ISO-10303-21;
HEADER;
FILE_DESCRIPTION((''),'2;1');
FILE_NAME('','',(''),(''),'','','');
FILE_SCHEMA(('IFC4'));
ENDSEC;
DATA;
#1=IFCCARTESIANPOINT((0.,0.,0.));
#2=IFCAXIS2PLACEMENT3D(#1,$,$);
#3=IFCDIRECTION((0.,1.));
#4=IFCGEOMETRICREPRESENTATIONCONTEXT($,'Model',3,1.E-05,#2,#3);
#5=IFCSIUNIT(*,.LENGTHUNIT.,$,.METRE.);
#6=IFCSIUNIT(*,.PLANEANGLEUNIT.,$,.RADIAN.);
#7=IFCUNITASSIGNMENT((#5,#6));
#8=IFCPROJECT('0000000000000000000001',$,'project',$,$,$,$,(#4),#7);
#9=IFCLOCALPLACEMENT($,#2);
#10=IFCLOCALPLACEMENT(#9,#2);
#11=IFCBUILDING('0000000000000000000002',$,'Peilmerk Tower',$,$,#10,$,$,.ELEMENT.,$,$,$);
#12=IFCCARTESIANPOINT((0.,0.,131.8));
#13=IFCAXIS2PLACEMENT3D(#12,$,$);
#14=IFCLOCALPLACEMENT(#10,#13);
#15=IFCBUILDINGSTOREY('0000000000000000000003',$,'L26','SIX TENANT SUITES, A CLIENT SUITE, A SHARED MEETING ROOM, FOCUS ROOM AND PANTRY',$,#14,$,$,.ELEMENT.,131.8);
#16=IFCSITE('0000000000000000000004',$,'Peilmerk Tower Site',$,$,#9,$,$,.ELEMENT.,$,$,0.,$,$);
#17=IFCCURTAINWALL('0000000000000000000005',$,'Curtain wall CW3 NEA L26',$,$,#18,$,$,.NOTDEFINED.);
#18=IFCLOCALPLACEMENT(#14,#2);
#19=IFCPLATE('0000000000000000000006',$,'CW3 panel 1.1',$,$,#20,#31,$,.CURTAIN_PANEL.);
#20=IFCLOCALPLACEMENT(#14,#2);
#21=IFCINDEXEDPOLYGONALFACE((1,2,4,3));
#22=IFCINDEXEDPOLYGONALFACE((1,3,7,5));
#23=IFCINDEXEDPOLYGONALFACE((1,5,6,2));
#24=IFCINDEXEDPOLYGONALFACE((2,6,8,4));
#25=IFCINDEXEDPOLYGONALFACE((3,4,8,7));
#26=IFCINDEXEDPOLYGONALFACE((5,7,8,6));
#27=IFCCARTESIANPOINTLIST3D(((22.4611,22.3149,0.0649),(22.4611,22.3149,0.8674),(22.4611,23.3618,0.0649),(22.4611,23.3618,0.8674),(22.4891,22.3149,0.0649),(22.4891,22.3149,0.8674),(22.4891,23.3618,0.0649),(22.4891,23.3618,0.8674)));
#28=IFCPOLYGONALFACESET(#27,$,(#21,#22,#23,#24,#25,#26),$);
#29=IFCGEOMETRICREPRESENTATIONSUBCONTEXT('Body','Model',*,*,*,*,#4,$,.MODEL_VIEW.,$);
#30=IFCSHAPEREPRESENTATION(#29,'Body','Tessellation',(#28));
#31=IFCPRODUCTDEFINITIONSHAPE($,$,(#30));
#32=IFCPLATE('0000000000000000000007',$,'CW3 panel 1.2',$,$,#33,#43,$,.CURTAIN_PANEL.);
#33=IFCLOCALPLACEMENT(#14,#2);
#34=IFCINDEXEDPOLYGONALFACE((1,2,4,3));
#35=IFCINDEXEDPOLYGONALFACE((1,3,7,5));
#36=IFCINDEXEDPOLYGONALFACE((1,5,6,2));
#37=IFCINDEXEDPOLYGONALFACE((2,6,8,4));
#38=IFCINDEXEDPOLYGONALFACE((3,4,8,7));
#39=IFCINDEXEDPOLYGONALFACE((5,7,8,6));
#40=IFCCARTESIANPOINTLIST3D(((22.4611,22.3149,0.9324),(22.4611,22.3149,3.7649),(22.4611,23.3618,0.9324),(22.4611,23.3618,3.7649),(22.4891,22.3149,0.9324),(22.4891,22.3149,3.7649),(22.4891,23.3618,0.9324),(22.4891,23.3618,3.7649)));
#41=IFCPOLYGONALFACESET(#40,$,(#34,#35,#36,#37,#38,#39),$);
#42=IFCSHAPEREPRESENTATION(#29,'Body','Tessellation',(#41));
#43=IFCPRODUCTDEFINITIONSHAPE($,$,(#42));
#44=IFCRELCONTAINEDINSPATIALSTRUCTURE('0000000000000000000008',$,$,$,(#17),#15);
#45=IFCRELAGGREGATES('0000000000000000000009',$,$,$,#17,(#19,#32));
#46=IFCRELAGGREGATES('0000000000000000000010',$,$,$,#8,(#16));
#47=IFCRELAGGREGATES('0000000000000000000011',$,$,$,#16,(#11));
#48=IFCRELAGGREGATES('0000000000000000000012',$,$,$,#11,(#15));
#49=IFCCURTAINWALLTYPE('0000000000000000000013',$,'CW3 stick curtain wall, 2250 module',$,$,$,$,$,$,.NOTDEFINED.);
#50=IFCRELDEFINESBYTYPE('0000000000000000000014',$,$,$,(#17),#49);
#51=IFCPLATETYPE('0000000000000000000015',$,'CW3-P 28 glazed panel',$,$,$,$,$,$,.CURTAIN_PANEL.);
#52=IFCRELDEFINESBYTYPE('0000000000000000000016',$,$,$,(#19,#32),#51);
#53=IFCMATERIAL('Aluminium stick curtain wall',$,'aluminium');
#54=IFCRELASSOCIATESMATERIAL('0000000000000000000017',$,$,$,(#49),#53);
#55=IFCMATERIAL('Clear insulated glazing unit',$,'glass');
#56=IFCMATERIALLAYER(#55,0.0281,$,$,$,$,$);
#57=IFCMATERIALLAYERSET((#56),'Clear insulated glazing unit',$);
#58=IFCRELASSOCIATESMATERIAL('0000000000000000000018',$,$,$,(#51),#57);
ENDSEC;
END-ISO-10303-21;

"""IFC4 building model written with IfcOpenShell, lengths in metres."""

from ifc_helpers import new_model, si_unit, direction, frame, origin, origin_2d, place, context, subcontext, project, spatial, rectangle, extrude, material, layer, layer_set, type_object, element, aggregate, save


model = new_model("IFC4")

# Units and contexts
model_context = context("Model", 3, precision=1e-05, world=origin(), true_north=direction((0.0, 1.0)))
body_context = subcontext(model_context, "Body", "Model", "MODEL_VIEW")
ifc_project = project(units=[si_unit("LENGTHUNIT", "METRE"), si_unit("PLANEANGLEUNIT", "RADIAN")], contexts=[model_context])

# Site, building, storey
site_placement = place(None, origin())
site = spatial("IfcSite", under=ifc_project, at=site_placement, Name="Peilmerk Tower Site", CompositionType="ELEMENT", RefElevation=0.0)
building_placement = place(site_placement, origin())
building = spatial("IfcBuilding", under=site, at=building_placement, Name="Peilmerk Tower", CompositionType="ELEMENT")
storey_placement = place(building_placement, frame((0.0, 0.0, 131.8)))
storey = spatial("IfcBuildingStorey", under=building, at=storey_placement, Name="L26", Description="SIX TENANT SUITES, A CLIENT SUITE, A SHARED MEETING ROOM, FOCUS ROOM AND PANTRY", CompositionType="ELEMENT", Elevation=131.8)

# Curtain wall, plates
ifc_material_1 = material(Name="Aluminium stick curtain wall", Category="aluminium")
curtain_wall_type = type_object("IfcCurtainWallType", Name="CW3 stick curtain wall, 2250 module", PredefinedType="NOTDEFINED", material=ifc_material_1)
curtain_wall_placement = place(storey_placement, origin())
curtain_wall = element("IfcCurtainWall", 1, at=curtain_wall_placement, inside=storey, type_object=curtain_wall_type, Name="Curtain wall CW3 NEA L26", PredefinedType="NOTDEFINED")
ifc_material_2 = material(Name="Clear insulated glazing unit", Category="glass")
ifc_layer = layer(ifc_material_2, 0.0281)
ifc_layer_set = layer_set([ifc_layer], Name="Clear insulated glazing unit")
plate_type = type_object("IfcPlateType", Name="CW3-P 28 glazed panel", PredefinedType="CURTAIN_PANEL", material=ifc_layer_set)
plate_1_placement = place(storey_placement, frame((22.4751, 22.8384, 0.0649), z_axis=(0.0, 0.0, 1.0), x_axis=(0.0, 1.0, 0.0)))
plate_1 = element("IfcPlate", 2, at=plate_1_placement, type_object=plate_type, Name="CW3 panel 1.1", PredefinedType="CURTAIN_PANEL", context=body_context, shape_type="SweptSolid", body=[
    extrude(rectangle(XDim=1.0469, YDim=0.0281, at=origin_2d()), origin(), (0.0, 0.0, 1.0), 0.8025),
])
plate_2_placement = place(storey_placement, frame((22.4751, 22.8384, 0.9324), z_axis=(0.0, 0.0, 1.0), x_axis=(0.0, 1.0, 0.0)))
plate_2 = element("IfcPlate", 3, at=plate_2_placement, type_object=plate_type, Name="CW3 panel 1.2", PredefinedType="CURTAIN_PANEL", context=body_context, shape_type="SweptSolid", body=[
    extrude(rectangle(XDim=1.0469, YDim=0.0281, at=origin_2d()), origin(), (0.0, 0.0, 1.0), 2.8325),
])
aggregate(curtain_wall, [plate_1, plate_2])

save(model, "model.ifc")
